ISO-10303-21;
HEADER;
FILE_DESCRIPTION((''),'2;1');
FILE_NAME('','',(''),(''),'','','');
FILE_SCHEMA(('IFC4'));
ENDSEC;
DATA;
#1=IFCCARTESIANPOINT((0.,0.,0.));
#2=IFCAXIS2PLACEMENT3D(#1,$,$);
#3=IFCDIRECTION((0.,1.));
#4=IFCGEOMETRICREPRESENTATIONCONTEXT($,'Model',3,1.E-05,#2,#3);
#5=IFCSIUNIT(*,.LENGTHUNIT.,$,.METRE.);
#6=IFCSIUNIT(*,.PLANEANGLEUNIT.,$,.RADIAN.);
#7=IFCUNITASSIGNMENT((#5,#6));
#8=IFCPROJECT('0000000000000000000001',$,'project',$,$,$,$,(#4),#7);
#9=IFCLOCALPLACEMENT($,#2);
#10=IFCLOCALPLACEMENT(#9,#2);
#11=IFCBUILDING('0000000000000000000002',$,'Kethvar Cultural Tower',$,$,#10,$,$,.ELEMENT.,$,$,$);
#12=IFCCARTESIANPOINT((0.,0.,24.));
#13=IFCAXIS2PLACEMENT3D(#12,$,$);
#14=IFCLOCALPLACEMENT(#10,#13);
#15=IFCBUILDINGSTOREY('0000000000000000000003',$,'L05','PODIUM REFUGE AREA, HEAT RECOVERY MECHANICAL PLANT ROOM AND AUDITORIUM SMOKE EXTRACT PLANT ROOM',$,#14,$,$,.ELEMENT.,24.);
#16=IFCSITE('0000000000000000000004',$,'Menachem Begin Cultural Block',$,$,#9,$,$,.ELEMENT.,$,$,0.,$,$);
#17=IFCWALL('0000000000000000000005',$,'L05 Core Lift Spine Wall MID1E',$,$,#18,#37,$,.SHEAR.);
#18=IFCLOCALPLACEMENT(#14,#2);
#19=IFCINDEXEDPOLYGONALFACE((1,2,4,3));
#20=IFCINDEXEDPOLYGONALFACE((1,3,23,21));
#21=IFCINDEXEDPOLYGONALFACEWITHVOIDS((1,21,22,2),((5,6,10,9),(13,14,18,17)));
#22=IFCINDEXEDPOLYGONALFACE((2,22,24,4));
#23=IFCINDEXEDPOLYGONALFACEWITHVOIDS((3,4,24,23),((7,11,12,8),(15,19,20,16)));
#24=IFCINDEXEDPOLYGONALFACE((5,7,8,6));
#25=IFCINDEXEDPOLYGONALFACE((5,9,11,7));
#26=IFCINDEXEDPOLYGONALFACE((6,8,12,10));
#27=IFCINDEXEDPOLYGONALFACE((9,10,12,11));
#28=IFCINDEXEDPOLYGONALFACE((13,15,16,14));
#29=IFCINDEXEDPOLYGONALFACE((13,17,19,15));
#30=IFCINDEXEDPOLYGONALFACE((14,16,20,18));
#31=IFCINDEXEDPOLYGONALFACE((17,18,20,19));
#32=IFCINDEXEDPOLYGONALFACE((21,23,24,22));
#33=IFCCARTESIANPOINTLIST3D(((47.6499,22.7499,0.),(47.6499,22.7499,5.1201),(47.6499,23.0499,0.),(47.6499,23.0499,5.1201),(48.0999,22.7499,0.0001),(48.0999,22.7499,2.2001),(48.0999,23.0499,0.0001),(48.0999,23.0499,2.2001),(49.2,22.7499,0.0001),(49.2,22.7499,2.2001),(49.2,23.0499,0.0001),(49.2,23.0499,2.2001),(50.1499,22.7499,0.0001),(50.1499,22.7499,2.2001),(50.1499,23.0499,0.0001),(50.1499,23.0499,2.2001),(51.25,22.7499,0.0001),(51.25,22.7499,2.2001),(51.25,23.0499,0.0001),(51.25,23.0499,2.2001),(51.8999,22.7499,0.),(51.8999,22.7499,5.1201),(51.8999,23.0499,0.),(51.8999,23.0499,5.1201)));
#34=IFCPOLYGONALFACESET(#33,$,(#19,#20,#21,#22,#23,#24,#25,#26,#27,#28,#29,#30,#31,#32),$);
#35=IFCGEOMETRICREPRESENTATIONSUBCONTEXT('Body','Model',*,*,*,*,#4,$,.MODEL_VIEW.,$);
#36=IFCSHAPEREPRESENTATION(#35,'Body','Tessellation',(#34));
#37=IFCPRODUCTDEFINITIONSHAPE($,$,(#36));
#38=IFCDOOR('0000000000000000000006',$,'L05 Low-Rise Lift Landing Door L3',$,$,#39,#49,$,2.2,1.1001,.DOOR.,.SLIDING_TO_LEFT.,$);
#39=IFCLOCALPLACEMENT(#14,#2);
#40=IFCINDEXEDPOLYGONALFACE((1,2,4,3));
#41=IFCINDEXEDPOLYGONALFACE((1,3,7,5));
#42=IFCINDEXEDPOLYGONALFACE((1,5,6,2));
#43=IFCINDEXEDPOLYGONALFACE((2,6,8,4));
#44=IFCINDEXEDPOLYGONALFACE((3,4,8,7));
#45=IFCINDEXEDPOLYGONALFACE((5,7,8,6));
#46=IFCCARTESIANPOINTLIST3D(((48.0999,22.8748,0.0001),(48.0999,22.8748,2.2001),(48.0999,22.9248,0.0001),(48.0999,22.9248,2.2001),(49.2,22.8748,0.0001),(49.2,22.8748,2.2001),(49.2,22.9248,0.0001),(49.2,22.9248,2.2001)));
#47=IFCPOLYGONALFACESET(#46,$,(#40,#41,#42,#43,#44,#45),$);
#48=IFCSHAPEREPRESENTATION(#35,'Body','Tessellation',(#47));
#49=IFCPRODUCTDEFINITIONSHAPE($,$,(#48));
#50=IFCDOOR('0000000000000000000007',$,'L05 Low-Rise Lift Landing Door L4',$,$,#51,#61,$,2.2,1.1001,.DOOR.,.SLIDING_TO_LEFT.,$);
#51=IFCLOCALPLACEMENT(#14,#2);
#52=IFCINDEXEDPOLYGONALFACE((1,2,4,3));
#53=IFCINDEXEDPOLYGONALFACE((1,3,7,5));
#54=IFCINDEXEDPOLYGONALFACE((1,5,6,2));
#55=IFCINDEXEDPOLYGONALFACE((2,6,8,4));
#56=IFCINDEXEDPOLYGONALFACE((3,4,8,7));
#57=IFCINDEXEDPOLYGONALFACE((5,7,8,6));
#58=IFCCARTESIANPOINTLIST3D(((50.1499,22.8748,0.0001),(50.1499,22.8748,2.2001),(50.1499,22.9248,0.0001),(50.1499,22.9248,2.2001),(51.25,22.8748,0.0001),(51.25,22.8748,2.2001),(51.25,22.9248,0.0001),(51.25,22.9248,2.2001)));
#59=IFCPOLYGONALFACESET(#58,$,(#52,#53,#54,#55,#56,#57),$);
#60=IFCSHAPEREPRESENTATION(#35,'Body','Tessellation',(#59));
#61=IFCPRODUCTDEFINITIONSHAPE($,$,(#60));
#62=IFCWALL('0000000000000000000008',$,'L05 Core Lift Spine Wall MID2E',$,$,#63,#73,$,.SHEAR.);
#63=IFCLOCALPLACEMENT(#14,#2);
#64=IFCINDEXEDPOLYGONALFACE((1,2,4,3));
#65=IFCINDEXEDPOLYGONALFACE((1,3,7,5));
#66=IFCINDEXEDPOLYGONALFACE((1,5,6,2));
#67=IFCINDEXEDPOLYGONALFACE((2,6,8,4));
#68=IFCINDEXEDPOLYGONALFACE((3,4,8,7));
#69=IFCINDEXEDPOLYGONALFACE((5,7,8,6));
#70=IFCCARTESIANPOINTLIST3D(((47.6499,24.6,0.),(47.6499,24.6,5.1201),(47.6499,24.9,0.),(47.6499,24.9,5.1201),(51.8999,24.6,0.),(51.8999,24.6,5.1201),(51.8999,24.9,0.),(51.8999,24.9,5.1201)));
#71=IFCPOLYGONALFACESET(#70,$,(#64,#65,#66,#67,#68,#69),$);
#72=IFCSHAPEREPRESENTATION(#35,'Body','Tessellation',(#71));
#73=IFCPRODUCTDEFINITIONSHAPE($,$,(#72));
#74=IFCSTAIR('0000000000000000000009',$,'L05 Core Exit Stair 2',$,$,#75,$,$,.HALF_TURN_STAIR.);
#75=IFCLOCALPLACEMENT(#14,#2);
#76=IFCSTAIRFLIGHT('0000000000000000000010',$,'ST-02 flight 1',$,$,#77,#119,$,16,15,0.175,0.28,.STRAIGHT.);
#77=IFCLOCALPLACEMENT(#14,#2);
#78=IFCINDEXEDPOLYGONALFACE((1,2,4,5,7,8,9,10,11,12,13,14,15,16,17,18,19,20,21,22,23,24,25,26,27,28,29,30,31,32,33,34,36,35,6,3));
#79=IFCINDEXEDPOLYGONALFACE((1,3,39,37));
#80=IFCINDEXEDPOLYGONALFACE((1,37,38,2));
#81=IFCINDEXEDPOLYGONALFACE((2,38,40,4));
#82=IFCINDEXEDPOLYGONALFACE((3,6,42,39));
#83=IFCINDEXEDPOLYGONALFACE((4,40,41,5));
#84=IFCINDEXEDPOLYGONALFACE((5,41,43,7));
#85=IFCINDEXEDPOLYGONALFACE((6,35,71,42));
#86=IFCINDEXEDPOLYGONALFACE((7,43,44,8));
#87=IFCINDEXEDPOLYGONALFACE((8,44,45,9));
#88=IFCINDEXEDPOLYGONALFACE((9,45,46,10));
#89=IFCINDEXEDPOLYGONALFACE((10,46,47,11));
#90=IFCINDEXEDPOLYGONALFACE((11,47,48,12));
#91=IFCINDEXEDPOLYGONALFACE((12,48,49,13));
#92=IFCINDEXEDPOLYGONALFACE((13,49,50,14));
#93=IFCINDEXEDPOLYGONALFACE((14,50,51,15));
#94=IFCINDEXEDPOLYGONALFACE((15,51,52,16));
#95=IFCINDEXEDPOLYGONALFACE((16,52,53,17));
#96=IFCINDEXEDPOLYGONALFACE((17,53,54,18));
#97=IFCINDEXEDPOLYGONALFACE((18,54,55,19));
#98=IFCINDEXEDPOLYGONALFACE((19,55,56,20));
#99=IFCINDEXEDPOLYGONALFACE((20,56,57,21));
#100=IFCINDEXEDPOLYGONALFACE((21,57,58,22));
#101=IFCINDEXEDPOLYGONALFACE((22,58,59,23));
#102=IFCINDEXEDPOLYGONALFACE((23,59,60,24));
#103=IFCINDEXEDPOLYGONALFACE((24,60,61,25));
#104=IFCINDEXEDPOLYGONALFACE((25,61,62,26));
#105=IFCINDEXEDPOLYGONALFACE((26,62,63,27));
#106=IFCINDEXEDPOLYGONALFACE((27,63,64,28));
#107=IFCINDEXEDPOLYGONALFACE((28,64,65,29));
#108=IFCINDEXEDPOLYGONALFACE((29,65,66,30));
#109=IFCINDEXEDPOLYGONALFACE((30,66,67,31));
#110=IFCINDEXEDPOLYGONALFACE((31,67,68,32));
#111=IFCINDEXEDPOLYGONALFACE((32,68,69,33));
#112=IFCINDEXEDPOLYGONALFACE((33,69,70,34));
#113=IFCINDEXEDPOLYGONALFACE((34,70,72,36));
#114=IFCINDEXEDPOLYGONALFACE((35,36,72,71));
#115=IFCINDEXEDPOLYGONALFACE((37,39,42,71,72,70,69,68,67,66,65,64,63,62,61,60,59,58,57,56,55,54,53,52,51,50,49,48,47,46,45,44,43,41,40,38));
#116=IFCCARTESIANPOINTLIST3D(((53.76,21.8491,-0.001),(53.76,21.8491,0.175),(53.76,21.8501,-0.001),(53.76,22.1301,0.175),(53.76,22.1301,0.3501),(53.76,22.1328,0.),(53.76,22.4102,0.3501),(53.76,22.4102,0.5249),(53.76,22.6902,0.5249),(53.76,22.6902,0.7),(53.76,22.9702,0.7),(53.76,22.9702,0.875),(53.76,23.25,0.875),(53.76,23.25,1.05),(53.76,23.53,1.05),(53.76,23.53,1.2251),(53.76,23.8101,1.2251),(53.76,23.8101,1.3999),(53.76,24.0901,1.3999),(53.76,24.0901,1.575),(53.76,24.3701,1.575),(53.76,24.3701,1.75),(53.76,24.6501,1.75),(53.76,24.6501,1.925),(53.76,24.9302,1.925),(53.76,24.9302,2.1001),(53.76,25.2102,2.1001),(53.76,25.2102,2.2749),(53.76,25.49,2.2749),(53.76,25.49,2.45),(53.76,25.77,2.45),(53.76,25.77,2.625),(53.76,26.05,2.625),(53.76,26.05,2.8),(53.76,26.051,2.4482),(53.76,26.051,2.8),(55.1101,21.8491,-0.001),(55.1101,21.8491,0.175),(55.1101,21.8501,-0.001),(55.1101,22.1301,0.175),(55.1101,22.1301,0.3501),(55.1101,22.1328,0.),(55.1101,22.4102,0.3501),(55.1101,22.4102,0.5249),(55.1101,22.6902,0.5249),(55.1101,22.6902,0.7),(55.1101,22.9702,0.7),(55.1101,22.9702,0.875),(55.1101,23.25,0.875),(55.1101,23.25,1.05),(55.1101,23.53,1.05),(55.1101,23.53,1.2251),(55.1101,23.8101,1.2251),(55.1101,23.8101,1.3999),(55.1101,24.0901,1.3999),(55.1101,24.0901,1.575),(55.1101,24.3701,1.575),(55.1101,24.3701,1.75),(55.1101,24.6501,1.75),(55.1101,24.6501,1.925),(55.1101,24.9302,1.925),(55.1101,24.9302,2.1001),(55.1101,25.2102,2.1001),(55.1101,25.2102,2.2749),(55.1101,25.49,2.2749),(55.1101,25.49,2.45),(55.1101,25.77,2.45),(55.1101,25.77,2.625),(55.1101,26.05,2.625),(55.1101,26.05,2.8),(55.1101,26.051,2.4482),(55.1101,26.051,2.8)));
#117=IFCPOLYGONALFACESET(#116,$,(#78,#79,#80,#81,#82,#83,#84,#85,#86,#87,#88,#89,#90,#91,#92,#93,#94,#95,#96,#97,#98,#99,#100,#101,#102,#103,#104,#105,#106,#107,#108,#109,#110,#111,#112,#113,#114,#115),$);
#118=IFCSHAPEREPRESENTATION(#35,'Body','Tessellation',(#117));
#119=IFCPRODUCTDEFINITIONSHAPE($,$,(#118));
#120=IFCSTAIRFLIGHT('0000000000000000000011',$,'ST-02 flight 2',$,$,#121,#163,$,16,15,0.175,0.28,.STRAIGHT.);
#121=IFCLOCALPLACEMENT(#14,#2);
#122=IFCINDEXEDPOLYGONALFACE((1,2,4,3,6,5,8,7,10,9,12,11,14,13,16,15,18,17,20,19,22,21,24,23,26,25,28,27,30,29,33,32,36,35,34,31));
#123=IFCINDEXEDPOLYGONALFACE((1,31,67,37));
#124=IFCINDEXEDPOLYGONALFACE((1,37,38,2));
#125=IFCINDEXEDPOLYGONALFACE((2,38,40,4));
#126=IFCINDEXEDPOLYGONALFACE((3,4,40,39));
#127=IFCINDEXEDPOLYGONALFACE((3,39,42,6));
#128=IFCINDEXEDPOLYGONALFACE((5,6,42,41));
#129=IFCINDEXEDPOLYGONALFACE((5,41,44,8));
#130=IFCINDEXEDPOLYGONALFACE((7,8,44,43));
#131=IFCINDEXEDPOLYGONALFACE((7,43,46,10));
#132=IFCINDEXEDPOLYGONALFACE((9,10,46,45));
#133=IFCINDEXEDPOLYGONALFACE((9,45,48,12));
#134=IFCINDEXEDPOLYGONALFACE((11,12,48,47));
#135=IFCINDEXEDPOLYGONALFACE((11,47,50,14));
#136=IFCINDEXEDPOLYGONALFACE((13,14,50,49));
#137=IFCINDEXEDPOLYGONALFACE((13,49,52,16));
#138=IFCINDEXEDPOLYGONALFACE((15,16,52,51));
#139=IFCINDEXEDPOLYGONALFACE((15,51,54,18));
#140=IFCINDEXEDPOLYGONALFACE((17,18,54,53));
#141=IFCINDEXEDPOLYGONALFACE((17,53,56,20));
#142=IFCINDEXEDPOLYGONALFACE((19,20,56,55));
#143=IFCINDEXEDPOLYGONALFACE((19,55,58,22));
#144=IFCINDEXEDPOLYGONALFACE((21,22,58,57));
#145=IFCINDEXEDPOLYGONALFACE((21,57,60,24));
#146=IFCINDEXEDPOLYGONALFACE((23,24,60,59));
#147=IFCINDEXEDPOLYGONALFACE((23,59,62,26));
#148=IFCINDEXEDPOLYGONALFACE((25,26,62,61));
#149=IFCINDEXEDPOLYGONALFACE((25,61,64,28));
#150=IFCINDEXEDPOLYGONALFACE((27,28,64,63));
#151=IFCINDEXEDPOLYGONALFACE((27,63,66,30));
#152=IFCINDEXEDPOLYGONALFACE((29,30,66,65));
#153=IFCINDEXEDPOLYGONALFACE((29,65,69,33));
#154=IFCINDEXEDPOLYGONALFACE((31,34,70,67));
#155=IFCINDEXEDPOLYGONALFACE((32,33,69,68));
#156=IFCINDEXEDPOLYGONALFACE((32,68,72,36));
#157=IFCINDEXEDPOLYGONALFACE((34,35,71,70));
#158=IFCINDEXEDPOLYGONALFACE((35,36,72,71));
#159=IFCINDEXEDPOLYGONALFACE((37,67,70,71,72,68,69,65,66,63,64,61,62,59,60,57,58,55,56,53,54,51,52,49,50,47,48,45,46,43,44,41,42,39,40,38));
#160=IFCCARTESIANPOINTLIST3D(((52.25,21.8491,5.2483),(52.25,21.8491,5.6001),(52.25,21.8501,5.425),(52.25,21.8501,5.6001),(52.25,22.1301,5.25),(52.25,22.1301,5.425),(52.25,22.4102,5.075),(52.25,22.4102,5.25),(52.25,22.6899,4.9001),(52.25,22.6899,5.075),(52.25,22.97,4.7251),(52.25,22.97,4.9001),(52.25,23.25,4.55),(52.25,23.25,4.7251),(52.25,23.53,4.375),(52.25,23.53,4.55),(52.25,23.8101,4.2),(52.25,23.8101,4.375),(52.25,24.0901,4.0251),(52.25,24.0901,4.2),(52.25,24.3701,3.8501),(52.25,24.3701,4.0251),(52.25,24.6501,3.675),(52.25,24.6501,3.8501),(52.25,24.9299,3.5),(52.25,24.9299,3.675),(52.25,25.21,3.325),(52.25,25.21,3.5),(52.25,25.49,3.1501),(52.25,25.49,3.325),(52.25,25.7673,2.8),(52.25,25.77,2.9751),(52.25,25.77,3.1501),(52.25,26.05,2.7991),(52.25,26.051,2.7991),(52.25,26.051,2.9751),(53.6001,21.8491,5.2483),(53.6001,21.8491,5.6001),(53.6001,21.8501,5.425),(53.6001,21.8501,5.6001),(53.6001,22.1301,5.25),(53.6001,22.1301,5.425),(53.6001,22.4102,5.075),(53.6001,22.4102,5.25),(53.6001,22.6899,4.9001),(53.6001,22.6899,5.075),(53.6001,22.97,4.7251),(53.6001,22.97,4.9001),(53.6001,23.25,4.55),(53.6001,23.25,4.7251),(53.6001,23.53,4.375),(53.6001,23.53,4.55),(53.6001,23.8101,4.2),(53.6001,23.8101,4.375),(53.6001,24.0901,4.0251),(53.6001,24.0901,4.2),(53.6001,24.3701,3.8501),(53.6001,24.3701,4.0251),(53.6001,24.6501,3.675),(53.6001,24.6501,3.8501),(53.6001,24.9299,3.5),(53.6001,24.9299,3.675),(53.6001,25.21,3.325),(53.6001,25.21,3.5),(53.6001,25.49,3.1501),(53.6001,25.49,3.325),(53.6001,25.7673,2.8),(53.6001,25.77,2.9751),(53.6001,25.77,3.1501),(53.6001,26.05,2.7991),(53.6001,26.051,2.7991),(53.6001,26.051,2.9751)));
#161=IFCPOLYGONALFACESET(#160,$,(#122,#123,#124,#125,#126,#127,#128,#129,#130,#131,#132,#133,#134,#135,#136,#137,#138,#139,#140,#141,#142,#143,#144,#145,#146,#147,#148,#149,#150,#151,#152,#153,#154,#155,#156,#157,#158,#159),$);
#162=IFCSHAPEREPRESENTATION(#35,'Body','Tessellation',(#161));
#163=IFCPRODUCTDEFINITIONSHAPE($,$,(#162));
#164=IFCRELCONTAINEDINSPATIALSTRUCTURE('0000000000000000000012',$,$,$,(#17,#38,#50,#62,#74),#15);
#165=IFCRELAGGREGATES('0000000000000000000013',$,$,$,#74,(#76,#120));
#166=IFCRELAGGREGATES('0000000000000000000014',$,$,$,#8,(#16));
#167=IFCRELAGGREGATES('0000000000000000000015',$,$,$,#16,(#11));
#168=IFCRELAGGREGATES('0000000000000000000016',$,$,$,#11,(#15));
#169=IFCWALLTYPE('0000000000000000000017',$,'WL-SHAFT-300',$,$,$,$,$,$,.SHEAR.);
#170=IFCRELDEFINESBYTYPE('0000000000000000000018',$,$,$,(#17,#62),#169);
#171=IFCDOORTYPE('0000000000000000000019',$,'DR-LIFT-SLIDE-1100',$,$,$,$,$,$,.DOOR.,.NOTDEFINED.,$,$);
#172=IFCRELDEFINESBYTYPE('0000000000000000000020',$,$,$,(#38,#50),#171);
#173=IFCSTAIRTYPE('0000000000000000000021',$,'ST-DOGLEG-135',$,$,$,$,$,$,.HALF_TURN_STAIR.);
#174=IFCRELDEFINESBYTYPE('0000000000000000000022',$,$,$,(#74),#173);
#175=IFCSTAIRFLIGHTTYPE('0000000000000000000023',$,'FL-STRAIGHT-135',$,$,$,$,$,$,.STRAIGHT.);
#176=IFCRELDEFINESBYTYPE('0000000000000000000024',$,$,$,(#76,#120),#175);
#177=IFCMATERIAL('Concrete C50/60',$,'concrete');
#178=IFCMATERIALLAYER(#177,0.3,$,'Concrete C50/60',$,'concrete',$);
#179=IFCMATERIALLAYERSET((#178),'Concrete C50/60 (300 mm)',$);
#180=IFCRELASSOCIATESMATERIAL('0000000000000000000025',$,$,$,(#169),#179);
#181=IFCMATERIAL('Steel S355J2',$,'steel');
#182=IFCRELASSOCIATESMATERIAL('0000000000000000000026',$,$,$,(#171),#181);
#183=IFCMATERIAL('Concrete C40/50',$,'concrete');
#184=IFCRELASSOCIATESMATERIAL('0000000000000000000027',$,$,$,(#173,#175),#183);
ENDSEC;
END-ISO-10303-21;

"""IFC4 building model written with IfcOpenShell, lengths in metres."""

from ifc_helpers import new_model, si_unit, direction, frame, frame_2d, origin, place, context, subcontext, project, spatial, polyline, rectangle, outline, extrude, source, transform, mapped, material, layer, layer_set, type_object, element, fill, aggregate, save


model = new_model("IFC4")

# Units and contexts
model_context = context("Model", 3, precision=1e-05, world=origin(), true_north=direction((0.0, 1.0)))
body_context = subcontext(model_context, "Body", "Model", "MODEL_VIEW")
ifc_project = project(units=[si_unit("LENGTHUNIT", "METRE"), si_unit("PLANEANGLEUNIT", "RADIAN")], contexts=[model_context])

# Site, building, storey
site_placement = place(None, origin())
site = spatial("IfcSite", under=ifc_project, at=site_placement, Name="Menachem Begin Cultural Block", CompositionType="ELEMENT", RefElevation=0.0)
building_placement = place(site_placement, origin())
building = spatial("IfcBuilding", under=site, at=building_placement, Name="Kethvar Cultural Tower", CompositionType="ELEMENT")
storey_placement = place(building_placement, frame((0.0, 0.0, 24.0)))
storey = spatial("IfcBuildingStorey", under=building, at=storey_placement, Name="L05", Description="PODIUM REFUGE AREA, HEAT RECOVERY MECHANICAL PLANT ROOM AND AUDITORIUM SMOKE EXTRACT PLANT ROOM", CompositionType="ELEMENT", Elevation=24.0)

# Wall, openings, doors
ifc_material_1 = material(Name="Concrete C50/60", Category="concrete")
ifc_layer_1 = layer(ifc_material_1, 0.3, Name="Concrete C50/60", Category="concrete")
ifc_layer_set_1 = layer_set([ifc_layer_1], Name="Concrete C50/60 (300 mm)")
wall_type_1 = type_object("IfcWallType", Name="WL-SHAFT-300", PredefinedType="SHEAR", material=ifc_layer_set_1)
wall_1_placement = place(storey_placement, frame((47.6499, 22.8999, 0.0), z_axis=(0.0, 0.0, 1.0), x_axis=(1.0, 0.0, 0.0)))
wall_1 = element("IfcWall", 1, at=wall_1_placement, inside=storey, type_object=wall_type_1, Name="L05 Core Lift Spine Wall MID1E", PredefinedType="SHEAR", context=body_context, shape_type="SweptSolid", body=[
    extrude(rectangle(XDim=4.25, YDim=0.3, at=frame_2d((2.125, 0.0))), origin(), (0.0, 0.0, 1.0), 5.1201),
])
opening_1_placement = place(wall_1_placement, frame((0.45, 0.0, 0.0)))
opening_1 = element("IfcOpeningElement", 2, at=opening_1_placement, cuts=wall_1, PredefinedType="OPENING", context=body_context, shape_type="SweptSolid", body=[
    extrude(rectangle(XDim=1.1001, YDim=2.2, at=frame_2d((0.55, 1.1001))), frame((0.0, 0.1599, 0.0), z_axis=(0.0, -1.0, 0.0), x_axis=(1.0, 0.0, 0.0)), (0.0, 0.0, 1.0), 0.3201),
])
opening_2_placement = place(wall_1_placement, frame((2.5, 0.0, 0.0)))
opening_2 = element("IfcOpeningElement", 3, at=opening_2_placement, cuts=wall_1, PredefinedType="OPENING", context=body_context, shape_type="SweptSolid", body=[
    extrude(rectangle(XDim=1.1001, YDim=2.2, at=frame_2d((0.55, 1.1001))), frame((0.0, 0.1599, 0.0), z_axis=(0.0, -1.0, 0.0), x_axis=(1.0, 0.0, 0.0)), (0.0, 0.0, 1.0), 0.3201),
])
ifc_material_2 = material(Name="Steel S355J2", Category="steel")
door_type = type_object("IfcDoorType", Name="DR-LIFT-SLIDE-1100", OperationType="NOTDEFINED", PredefinedType="DOOR", material=ifc_material_2)
shared_shape_1 = source(origin(), body_context, "Body", "SweptSolid", [
    extrude(rectangle(XDim=1.1001, YDim=2.2, at=frame_2d((0.55, 1.1001))), frame((0.0, 0.0249, 0.0), z_axis=(0.0, -1.0, 0.0), x_axis=(1.0, 0.0, 0.0)), (0.0, 0.0, 1.0), 0.05),
])
door_1_placement = place(opening_1_placement, origin())
door_1 = element("IfcDoor", 4, at=door_1_placement, inside=storey, type_object=door_type, Name="L05 Low-Rise Lift Landing Door L3", OperationType="SLIDING_TO_LEFT", OverallHeight=2.2, OverallWidth=1.1001, PredefinedType="DOOR", context=body_context, shape_type="MappedRepresentation", body=[
    mapped(shared_shape_1, transform((0.0, 0.0, 0.0), scale=1.0)),
])
fill(opening_1, door_1)
door_2_placement = place(opening_2_placement, origin())
door_2 = element("IfcDoor", 5, at=door_2_placement, inside=storey, type_object=door_type, Name="L05 Low-Rise Lift Landing Door L4", OperationType="SLIDING_TO_LEFT", OverallHeight=2.2, OverallWidth=1.1001, PredefinedType="DOOR", context=body_context, shape_type="MappedRepresentation", body=[
    mapped(shared_shape_1, transform((0.0, 0.0, 0.0), scale=1.0)),
])
fill(opening_2, door_2)

# Wall
wall_2_placement = place(storey_placement, frame((47.6499, 24.75, 0.0), z_axis=(0.0, 0.0, 1.0), x_axis=(1.0, 0.0, 0.0)))
element("IfcWall", 6, at=wall_2_placement, inside=storey, type_object=wall_type_1, Name="L05 Core Lift Spine Wall MID2E", PredefinedType="SHEAR", context=body_context, shape_type="SweptSolid", body=[
    extrude(rectangle(XDim=4.25, YDim=0.3, at=frame_2d((2.125, 0.0))), origin(), (0.0, 0.0, 1.0), 5.1201),
])

# Stair, stair flights
ifc_material_3 = material(Name="Concrete C40/50", Category="concrete")
stair_type = type_object("IfcStairType", Name="ST-DOGLEG-135", PredefinedType="HALF_TURN_STAIR", material=ifc_material_3)
stair_placement = place(storey_placement, origin())
stair = element("IfcStair", 7, at=stair_placement, inside=storey, type_object=stair_type, Name="L05 Core Exit Stair 2", PredefinedType="HALF_TURN_STAIR")
stair_flight_type = type_object("IfcStairFlightType", Name="FL-STRAIGHT-135", PredefinedType="STRAIGHT", material=ifc_material_3)
stair_flight_1_placement = place(storey_placement, frame((54.4351, 21.8501, 0.0), z_axis=(0.0, 0.0, 1.0), x_axis=(0.0, 1.0, 0.0)))
stair_flight_1 = element("IfcStairFlight", 8, at=stair_flight_1_placement, type_object=stair_flight_type, Name="ST-02 flight 1", NumberOfRisers=16, NumberOfTreads=15, PredefinedType="STRAIGHT", RiserHeight=0.175, TreadLength=0.28, context=body_context, shape_type="SweptSolid", body=[
    extrude(outline(polyline([(-0.001, -0.001), (-0.001, 0.175), (0.28, 0.175), (0.28, 0.3501), (0.5601, 0.3501), (0.5601, 0.5249), (0.8401, 0.5249), (0.8401, 0.7), (1.1201, 0.7), (1.1201, 0.875), (1.3999, 0.875), (1.3999, 1.05), (1.6799, 1.05), (1.6799, 1.2251), (1.96, 1.2251), (1.96, 1.3999), (2.24, 1.3999), (2.24, 1.575), (2.52, 1.575), (2.52, 1.75), (2.8, 1.75), (2.8, 1.925), (3.0801, 1.925), (3.0801, 2.1001), (3.3601, 2.1001), (3.3601, 2.2749), (3.6399, 2.2749), (3.6399, 2.45), (3.9199, 2.45), (3.9199, 2.625), (4.2, 2.625), (4.2, 2.8), (4.2009, 2.8), (4.2009, 2.4482), (0.2827, 0.0), (0.0, -0.001), (-0.001, -0.001)])), frame((0.0, 0.675, 0.0), z_axis=(0.0, -1.0, 0.0), x_axis=(1.0, 0.0, 0.0)), (0.0, 0.0, 1.0), 1.3501),
])
stair_flight_2_placement = place(storey_placement, frame((52.925, 26.05, 2.8), z_axis=(0.0, 0.0, 1.0), x_axis=(0.0, -1.0, 0.0)))
stair_flight_2 = element("IfcStairFlight", 9, at=stair_flight_2_placement, type_object=stair_flight_type, Name="ST-02 flight 2", NumberOfRisers=16, NumberOfTreads=15, PredefinedType="STRAIGHT", RiserHeight=0.175, TreadLength=0.28, context=body_context, shape_type="SweptSolid", body=[
    extrude(outline(polyline([(-0.001, -0.001), (-0.001, 0.175), (0.28, 0.175), (0.28, 0.3501), (0.5601, 0.3501), (0.5601, 0.5249), (0.8401, 0.5249), (0.8401, 0.7), (1.1201, 0.7), (1.1201, 0.875), (1.3999, 0.875), (1.3999, 1.05), (1.6799, 1.05), (1.6799, 1.2251), (1.96, 1.2251), (1.96, 1.3999), (2.24, 1.3999), (2.24, 1.575), (2.52, 1.575), (2.52, 1.75), (2.8, 1.75), (2.8, 1.925), (3.0801, 1.925), (3.0801, 2.1001), (3.3601, 2.1001), (3.3601, 2.2749), (3.6399, 2.2749), (3.6399, 2.45), (3.9199, 2.45), (3.9199, 2.625), (4.2, 2.625), (4.2, 2.8), (4.2009, 2.8), (4.2009, 2.4482), (0.2827, 0.0), (0.0, -0.001), (-0.001, -0.001)])), frame((0.0, 0.675, 0.0), z_axis=(0.0, -1.0, 0.0), x_axis=(1.0, 0.0, 0.0)), (0.0, 0.0, 1.0), 1.3501),
])
aggregate(stair, [stair_flight_1, stair_flight_2])

save(model, "model.ifc")
